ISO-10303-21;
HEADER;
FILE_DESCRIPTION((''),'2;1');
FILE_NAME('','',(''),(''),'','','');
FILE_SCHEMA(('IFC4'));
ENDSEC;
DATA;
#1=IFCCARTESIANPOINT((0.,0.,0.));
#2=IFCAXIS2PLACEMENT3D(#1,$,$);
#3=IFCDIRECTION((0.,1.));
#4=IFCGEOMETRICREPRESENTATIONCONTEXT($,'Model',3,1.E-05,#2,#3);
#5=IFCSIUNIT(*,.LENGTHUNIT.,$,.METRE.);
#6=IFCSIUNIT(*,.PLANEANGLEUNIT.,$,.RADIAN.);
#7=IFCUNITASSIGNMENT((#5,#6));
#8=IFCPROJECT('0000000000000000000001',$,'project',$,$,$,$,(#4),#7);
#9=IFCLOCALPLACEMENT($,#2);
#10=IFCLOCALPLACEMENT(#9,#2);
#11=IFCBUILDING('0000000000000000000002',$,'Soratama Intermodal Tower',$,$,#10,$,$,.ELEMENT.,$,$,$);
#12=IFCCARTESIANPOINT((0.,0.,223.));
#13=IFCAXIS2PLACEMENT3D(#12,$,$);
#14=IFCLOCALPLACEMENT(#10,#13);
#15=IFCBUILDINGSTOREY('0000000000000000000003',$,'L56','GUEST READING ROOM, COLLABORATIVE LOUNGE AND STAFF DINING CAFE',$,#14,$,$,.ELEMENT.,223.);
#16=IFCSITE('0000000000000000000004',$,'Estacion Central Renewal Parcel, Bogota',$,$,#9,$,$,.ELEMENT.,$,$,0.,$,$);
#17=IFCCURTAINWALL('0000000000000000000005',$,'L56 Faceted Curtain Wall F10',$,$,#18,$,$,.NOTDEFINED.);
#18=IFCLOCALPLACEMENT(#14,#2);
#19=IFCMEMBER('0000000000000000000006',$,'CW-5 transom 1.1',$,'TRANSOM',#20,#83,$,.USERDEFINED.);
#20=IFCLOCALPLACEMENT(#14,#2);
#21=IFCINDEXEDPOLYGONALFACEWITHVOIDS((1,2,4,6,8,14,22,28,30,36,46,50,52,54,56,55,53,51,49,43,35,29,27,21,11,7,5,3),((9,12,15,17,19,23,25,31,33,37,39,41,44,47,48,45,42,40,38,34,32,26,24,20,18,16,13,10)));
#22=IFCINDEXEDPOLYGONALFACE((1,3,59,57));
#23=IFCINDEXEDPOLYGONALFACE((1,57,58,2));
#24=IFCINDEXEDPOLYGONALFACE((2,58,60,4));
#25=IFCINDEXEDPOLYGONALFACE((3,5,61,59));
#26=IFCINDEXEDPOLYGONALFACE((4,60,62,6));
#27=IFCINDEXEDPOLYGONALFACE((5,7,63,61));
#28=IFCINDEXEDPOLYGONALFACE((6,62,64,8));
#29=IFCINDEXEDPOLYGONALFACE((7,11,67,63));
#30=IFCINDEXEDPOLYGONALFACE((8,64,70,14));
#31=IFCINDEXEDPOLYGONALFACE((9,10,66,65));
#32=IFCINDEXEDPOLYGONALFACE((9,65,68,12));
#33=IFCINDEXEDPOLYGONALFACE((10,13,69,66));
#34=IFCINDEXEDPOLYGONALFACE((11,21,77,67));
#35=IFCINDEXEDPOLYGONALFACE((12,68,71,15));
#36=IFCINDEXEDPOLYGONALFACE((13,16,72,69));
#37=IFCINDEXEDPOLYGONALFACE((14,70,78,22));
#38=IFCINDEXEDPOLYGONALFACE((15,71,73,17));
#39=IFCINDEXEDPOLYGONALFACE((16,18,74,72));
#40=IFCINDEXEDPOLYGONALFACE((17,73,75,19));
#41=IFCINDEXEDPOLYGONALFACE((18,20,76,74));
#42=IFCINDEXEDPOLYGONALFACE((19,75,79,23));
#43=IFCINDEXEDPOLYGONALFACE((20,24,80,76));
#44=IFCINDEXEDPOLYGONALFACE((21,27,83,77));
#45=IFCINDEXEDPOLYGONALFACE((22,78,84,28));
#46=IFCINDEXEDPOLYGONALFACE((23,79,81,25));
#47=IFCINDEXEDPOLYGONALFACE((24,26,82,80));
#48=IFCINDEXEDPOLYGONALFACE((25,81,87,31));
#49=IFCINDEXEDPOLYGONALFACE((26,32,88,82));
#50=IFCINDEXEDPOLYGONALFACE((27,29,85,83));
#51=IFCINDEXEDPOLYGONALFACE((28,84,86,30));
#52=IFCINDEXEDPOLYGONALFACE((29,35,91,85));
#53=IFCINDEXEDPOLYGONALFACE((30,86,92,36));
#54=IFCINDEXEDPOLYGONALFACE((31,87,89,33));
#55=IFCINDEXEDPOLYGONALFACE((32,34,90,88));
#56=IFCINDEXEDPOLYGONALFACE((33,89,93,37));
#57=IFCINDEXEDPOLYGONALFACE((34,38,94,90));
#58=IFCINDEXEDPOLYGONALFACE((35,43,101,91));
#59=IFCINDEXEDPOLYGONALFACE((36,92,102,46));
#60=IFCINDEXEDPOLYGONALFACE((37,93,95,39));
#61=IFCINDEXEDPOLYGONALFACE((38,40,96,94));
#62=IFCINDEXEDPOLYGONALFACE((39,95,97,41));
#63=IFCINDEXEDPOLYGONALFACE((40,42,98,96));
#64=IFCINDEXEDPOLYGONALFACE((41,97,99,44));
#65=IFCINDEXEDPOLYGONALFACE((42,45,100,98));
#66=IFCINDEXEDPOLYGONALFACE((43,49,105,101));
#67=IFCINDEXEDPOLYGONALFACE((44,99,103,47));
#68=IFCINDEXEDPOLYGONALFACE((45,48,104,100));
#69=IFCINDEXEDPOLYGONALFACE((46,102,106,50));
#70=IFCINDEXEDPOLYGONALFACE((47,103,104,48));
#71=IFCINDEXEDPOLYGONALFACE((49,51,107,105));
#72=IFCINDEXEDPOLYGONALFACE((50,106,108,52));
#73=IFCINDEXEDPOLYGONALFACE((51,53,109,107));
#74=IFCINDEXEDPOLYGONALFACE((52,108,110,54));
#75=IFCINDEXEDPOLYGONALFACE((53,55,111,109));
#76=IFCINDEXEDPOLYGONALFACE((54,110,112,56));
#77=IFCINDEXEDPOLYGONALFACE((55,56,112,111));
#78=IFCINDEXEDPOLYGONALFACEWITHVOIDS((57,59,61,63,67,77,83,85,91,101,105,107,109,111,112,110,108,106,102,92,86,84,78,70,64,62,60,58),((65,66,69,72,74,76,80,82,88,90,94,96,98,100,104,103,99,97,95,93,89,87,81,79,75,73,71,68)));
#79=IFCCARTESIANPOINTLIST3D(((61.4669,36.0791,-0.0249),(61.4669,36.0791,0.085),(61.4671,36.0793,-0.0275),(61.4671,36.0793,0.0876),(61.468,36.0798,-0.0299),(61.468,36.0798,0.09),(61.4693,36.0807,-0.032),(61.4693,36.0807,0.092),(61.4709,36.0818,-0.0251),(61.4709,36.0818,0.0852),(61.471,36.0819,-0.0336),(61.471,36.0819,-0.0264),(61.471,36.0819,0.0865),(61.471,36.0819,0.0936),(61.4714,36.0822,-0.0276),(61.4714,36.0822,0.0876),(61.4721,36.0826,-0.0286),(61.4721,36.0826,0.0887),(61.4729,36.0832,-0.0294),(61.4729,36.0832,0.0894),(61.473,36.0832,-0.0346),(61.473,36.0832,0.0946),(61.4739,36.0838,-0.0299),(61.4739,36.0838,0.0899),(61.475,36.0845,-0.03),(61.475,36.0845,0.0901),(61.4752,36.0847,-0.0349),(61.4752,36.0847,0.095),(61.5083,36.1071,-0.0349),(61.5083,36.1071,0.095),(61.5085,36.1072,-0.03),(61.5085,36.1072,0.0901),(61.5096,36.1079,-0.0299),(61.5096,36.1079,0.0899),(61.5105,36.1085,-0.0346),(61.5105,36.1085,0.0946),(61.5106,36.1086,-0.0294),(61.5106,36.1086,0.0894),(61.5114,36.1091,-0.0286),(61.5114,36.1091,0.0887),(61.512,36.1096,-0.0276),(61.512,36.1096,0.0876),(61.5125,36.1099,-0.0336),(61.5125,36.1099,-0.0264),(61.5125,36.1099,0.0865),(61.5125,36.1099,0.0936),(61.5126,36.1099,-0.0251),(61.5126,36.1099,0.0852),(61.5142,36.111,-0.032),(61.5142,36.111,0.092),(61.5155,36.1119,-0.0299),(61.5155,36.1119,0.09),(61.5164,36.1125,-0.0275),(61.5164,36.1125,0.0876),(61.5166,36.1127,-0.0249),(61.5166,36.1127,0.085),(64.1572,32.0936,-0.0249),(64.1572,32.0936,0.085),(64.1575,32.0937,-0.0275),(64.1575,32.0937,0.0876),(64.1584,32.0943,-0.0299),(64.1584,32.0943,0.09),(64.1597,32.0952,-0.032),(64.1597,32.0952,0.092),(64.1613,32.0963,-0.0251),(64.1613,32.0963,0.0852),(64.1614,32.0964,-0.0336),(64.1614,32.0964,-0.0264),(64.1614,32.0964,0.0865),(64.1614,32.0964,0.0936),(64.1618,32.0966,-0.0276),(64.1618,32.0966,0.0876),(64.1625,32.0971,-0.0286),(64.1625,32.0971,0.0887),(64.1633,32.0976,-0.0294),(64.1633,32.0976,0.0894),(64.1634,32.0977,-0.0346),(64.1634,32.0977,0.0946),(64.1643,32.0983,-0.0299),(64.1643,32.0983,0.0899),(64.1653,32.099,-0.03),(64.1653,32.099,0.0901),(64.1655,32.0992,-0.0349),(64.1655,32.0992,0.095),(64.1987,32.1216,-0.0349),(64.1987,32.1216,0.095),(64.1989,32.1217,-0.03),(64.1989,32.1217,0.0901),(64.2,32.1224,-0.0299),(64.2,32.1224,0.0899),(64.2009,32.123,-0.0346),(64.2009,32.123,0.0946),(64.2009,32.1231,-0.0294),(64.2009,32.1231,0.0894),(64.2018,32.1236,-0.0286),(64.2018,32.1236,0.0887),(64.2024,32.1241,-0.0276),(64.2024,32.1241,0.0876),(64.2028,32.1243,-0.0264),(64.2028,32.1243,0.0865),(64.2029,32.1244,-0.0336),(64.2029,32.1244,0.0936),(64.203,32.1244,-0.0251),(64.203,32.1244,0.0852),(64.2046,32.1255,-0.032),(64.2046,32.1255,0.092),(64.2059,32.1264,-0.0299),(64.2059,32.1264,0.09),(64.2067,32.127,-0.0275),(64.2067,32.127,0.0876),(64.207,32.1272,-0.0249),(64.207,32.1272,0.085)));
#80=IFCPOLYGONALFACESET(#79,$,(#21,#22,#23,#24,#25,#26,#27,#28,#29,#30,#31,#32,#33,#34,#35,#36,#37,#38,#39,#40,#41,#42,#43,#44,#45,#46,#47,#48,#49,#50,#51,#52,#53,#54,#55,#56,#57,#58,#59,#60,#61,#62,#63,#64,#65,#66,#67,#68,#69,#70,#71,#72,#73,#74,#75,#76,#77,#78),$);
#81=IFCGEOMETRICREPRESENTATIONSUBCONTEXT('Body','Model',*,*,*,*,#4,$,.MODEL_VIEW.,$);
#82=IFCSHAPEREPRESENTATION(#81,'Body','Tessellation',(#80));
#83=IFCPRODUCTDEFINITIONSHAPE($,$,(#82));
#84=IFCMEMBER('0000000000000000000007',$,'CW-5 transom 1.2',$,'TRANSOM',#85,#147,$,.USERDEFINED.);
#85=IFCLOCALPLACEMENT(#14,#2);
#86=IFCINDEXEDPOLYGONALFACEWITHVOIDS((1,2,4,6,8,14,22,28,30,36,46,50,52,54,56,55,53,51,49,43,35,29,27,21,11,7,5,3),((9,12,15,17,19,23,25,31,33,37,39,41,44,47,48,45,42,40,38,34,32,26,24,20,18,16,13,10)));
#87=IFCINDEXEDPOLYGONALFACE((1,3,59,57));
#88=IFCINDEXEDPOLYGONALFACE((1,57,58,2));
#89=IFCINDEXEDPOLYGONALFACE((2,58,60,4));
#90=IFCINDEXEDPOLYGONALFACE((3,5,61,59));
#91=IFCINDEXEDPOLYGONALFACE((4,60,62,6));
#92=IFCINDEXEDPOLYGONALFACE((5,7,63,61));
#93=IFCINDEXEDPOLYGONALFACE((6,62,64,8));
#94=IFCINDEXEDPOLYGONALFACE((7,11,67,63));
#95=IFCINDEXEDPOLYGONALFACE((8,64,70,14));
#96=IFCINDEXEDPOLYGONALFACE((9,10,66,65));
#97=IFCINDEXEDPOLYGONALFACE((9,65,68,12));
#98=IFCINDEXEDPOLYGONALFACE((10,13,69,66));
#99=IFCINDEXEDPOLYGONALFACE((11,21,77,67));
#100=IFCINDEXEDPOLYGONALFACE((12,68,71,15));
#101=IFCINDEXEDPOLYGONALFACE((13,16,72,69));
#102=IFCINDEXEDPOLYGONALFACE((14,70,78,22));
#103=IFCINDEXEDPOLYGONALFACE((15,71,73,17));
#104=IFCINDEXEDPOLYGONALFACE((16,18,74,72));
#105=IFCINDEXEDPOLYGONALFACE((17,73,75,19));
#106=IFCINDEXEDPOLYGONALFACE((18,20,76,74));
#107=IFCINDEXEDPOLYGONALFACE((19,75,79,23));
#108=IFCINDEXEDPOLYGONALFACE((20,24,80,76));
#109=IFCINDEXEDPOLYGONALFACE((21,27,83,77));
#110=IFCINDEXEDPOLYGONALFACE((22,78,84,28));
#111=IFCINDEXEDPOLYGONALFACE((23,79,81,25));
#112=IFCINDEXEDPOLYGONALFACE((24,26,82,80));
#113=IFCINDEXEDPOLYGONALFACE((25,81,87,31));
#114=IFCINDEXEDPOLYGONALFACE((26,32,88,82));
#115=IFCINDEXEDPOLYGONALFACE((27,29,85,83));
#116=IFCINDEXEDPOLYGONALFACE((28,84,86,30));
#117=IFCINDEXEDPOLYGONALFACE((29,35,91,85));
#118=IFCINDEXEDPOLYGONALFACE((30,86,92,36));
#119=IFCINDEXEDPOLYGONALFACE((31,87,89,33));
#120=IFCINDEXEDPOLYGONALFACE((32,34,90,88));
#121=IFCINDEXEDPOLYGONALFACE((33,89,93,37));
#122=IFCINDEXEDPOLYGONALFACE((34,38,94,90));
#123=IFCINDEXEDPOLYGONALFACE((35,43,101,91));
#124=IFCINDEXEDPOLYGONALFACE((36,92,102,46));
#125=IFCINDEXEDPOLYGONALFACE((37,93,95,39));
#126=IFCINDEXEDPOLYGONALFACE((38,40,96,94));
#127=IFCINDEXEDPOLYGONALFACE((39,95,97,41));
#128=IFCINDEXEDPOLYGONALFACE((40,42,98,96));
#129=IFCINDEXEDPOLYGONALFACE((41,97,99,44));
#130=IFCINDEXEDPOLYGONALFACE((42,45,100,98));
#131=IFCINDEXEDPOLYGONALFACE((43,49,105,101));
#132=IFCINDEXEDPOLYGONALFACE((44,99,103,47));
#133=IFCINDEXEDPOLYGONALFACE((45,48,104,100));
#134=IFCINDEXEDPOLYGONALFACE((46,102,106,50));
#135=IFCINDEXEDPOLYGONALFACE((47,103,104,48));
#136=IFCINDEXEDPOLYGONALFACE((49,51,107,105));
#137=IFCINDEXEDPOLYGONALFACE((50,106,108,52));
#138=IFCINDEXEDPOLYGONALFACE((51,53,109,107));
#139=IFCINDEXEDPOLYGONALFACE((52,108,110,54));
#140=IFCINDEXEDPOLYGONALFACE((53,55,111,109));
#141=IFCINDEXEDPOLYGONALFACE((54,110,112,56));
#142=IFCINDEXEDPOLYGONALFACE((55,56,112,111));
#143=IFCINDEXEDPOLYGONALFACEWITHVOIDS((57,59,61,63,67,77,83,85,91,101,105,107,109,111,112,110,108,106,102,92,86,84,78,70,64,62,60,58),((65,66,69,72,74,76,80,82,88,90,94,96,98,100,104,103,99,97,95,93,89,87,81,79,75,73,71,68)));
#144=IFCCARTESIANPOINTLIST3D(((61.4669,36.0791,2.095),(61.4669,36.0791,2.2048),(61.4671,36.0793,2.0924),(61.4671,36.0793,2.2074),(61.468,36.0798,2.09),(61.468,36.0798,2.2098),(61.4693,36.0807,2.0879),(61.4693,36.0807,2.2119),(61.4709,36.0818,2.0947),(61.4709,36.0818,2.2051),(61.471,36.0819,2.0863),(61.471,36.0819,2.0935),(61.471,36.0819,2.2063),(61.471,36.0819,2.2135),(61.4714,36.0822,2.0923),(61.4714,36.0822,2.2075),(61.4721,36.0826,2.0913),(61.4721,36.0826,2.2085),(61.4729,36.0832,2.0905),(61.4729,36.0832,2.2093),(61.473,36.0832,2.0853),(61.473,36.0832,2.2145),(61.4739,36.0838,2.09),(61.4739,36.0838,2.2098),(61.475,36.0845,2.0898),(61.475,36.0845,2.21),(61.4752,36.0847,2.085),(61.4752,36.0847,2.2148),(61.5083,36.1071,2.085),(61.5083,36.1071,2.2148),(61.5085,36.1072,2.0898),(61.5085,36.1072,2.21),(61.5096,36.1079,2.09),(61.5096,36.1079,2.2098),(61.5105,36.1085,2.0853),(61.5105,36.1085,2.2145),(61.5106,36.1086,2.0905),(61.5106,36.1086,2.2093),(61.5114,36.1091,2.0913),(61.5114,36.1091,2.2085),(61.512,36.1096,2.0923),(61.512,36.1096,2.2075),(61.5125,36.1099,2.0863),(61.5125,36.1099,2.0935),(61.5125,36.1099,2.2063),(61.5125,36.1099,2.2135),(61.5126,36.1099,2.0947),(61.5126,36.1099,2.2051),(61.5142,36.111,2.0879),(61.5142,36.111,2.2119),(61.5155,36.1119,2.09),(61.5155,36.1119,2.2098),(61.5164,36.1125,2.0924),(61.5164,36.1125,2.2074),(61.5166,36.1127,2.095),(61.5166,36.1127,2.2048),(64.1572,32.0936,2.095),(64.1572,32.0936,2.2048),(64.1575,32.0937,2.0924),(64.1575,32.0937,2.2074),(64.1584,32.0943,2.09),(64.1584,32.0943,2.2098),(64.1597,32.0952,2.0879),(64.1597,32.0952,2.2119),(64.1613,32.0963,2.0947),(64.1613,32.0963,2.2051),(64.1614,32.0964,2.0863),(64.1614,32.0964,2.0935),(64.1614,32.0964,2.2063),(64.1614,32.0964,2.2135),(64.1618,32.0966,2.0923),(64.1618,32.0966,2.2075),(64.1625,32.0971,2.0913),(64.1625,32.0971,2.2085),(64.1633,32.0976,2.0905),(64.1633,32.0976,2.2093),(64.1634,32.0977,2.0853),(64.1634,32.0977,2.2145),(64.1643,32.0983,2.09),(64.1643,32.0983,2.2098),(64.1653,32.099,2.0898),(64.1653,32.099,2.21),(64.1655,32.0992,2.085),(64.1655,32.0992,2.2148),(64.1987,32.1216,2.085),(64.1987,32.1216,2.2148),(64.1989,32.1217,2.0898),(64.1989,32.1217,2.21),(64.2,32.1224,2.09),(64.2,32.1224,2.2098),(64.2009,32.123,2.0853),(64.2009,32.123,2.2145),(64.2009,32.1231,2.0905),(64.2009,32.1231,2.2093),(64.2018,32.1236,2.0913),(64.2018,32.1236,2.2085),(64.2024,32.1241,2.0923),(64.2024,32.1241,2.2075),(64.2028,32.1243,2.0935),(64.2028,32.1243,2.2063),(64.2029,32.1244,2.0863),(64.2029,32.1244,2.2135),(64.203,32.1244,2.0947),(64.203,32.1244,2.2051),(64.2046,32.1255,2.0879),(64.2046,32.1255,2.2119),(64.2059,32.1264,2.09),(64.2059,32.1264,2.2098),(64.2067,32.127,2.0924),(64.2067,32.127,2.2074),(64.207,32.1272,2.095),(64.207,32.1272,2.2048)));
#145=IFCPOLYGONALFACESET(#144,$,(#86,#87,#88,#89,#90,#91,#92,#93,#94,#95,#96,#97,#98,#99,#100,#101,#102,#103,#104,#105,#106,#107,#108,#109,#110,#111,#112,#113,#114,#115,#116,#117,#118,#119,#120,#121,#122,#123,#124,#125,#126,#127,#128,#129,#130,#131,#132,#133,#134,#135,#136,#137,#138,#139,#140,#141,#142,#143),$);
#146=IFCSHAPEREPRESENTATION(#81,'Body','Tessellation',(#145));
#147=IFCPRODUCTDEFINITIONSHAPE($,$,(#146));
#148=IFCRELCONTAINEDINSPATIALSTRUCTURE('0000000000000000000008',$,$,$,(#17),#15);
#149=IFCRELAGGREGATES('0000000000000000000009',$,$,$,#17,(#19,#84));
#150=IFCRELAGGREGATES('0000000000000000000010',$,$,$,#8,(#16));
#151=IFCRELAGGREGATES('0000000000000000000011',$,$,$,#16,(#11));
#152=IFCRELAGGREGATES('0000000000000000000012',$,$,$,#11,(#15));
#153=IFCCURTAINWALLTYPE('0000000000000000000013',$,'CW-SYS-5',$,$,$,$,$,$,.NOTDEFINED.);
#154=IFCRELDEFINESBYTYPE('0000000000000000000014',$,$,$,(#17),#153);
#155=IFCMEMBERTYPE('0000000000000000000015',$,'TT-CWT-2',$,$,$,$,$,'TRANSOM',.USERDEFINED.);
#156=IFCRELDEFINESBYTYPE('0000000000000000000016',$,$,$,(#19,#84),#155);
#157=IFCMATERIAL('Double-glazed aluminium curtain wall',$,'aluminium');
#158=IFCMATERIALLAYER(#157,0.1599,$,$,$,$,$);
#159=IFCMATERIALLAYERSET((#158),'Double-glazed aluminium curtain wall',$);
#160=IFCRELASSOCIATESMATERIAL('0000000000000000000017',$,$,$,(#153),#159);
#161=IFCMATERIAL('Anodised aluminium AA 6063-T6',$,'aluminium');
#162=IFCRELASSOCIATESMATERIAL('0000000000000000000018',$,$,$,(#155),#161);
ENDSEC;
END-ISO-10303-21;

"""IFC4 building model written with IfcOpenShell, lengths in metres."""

from ifc_helpers import new_model, si_unit, direction, frame, origin, origin_2d, place, context, subcontext, project, spatial, hollow_rectangle, extrude, material, layer, layer_set, material_profile, profile_set, type_object, element, aggregate, save


model = new_model("IFC4")

# Units and contexts
model_context = context("Model", 3, precision=1e-05, world=origin(), true_north=direction((0.0, 1.0)))
body_context = subcontext(model_context, "Body", "Model", "MODEL_VIEW")
ifc_project = project(units=[si_unit("LENGTHUNIT", "METRE"), si_unit("PLANEANGLEUNIT", "RADIAN")], contexts=[model_context])

# Site, building, storey
site_placement = place(None, origin())
site = spatial("IfcSite", under=ifc_project, at=site_placement, Name="Estacion Central Renewal Parcel, Bogota", CompositionType="ELEMENT", RefElevation=0.0)
building_placement = place(site_placement, origin())
building = spatial("IfcBuilding", under=site, at=building_placement, Name="Soratama Intermodal Tower", CompositionType="ELEMENT")
storey_placement = place(building_placement, frame((0.0, 0.0, 223.0)))
storey = spatial("IfcBuildingStorey", under=building, at=storey_placement, Name="L56", Description="GUEST READING ROOM, COLLABORATIVE LOUNGE AND STAFF DINING CAFE", CompositionType="ELEMENT", Elevation=223.0)

# Curtain wall, members
ifc_material_1 = material(Name="Double-glazed aluminium curtain wall", Category="aluminium")
ifc_layer_1 = layer(ifc_material_1, 0.1599)
ifc_layer_set_1 = layer_set([ifc_layer_1], Name="Double-glazed aluminium curtain wall")
curtain_wall_type = type_object("IfcCurtainWallType", Name="CW-SYS-5", PredefinedType="NOTDEFINED", material=ifc_layer_set_1)
curtain_wall_placement = place(storey_placement, origin())
curtain_wall = element("IfcCurtainWall", 1, at=curtain_wall_placement, inside=storey, type_object=curtain_wall_type, Name="L56 Faceted Curtain Wall F10", PredefinedType="NOTDEFINED")
ifc_material_2 = material(Name="Anodised aluminium AA 6063-T6", Category="aluminium")
ifc_material_profile_1 = material_profile(ifc_material_2, hollow_rectangle(XDim=0.0601, YDim=0.1299, WallThickness=0.0049, InnerFilletRadius=0.0049, OuterFilletRadius=0.01, at=origin_2d()), Name="CWT130X60X5")
ifc_profile_set_1 = profile_set([ifc_material_profile_1], Name="Anodised aluminium AA 6063-T6")
member_type_1 = type_object("IfcMemberType", Name="TT-CWT-2", ElementType="TRANSOM", PredefinedType="USERDEFINED", material=ifc_profile_set_1)
member_1_placement = place(storey_placement, frame((64.1821, 32.1104, 0.03), z_axis=(-0.559495, 0.828834, 0.0), x_axis=(-0.828834, -0.559495, 0.0)))
member_1 = element("IfcMember", 2, at=member_1_placement, type_object=member_type_1, Name="CW-5 transom 1.1", ObjectType="TRANSOM", PredefinedType="USERDEFINED", context=body_context, shape_type="SweptSolid", body=[
    extrude(hollow_rectangle(XDim=0.0601, YDim=0.1299, WallThickness=0.0049, InnerFilletRadius=0.0049, OuterFilletRadius=0.01, at=origin_2d()), origin(), (0.0, 0.0, 1.0), 4.8086),
])
member_2_placement = place(storey_placement, frame((64.1821, 32.1104, 2.1499), z_axis=(-0.559495, 0.828834, 0.0), x_axis=(-0.828834, -0.559495, 0.0)))
member_2 = element("IfcMember", 3, at=member_2_placement, type_object=member_type_1, Name="CW-5 transom 1.2", ObjectType="TRANSOM", PredefinedType="USERDEFINED", context=body_context, shape_type="SweptSolid", body=[
    extrude(hollow_rectangle(XDim=0.0601, YDim=0.1299, WallThickness=0.0049, InnerFilletRadius=0.0049, OuterFilletRadius=0.01, at=origin_2d()), origin(), (0.0, 0.0, 1.0), 4.8086),
])
aggregate(curtain_wall, [member_1, member_2])

save(model, "model.ifc")
